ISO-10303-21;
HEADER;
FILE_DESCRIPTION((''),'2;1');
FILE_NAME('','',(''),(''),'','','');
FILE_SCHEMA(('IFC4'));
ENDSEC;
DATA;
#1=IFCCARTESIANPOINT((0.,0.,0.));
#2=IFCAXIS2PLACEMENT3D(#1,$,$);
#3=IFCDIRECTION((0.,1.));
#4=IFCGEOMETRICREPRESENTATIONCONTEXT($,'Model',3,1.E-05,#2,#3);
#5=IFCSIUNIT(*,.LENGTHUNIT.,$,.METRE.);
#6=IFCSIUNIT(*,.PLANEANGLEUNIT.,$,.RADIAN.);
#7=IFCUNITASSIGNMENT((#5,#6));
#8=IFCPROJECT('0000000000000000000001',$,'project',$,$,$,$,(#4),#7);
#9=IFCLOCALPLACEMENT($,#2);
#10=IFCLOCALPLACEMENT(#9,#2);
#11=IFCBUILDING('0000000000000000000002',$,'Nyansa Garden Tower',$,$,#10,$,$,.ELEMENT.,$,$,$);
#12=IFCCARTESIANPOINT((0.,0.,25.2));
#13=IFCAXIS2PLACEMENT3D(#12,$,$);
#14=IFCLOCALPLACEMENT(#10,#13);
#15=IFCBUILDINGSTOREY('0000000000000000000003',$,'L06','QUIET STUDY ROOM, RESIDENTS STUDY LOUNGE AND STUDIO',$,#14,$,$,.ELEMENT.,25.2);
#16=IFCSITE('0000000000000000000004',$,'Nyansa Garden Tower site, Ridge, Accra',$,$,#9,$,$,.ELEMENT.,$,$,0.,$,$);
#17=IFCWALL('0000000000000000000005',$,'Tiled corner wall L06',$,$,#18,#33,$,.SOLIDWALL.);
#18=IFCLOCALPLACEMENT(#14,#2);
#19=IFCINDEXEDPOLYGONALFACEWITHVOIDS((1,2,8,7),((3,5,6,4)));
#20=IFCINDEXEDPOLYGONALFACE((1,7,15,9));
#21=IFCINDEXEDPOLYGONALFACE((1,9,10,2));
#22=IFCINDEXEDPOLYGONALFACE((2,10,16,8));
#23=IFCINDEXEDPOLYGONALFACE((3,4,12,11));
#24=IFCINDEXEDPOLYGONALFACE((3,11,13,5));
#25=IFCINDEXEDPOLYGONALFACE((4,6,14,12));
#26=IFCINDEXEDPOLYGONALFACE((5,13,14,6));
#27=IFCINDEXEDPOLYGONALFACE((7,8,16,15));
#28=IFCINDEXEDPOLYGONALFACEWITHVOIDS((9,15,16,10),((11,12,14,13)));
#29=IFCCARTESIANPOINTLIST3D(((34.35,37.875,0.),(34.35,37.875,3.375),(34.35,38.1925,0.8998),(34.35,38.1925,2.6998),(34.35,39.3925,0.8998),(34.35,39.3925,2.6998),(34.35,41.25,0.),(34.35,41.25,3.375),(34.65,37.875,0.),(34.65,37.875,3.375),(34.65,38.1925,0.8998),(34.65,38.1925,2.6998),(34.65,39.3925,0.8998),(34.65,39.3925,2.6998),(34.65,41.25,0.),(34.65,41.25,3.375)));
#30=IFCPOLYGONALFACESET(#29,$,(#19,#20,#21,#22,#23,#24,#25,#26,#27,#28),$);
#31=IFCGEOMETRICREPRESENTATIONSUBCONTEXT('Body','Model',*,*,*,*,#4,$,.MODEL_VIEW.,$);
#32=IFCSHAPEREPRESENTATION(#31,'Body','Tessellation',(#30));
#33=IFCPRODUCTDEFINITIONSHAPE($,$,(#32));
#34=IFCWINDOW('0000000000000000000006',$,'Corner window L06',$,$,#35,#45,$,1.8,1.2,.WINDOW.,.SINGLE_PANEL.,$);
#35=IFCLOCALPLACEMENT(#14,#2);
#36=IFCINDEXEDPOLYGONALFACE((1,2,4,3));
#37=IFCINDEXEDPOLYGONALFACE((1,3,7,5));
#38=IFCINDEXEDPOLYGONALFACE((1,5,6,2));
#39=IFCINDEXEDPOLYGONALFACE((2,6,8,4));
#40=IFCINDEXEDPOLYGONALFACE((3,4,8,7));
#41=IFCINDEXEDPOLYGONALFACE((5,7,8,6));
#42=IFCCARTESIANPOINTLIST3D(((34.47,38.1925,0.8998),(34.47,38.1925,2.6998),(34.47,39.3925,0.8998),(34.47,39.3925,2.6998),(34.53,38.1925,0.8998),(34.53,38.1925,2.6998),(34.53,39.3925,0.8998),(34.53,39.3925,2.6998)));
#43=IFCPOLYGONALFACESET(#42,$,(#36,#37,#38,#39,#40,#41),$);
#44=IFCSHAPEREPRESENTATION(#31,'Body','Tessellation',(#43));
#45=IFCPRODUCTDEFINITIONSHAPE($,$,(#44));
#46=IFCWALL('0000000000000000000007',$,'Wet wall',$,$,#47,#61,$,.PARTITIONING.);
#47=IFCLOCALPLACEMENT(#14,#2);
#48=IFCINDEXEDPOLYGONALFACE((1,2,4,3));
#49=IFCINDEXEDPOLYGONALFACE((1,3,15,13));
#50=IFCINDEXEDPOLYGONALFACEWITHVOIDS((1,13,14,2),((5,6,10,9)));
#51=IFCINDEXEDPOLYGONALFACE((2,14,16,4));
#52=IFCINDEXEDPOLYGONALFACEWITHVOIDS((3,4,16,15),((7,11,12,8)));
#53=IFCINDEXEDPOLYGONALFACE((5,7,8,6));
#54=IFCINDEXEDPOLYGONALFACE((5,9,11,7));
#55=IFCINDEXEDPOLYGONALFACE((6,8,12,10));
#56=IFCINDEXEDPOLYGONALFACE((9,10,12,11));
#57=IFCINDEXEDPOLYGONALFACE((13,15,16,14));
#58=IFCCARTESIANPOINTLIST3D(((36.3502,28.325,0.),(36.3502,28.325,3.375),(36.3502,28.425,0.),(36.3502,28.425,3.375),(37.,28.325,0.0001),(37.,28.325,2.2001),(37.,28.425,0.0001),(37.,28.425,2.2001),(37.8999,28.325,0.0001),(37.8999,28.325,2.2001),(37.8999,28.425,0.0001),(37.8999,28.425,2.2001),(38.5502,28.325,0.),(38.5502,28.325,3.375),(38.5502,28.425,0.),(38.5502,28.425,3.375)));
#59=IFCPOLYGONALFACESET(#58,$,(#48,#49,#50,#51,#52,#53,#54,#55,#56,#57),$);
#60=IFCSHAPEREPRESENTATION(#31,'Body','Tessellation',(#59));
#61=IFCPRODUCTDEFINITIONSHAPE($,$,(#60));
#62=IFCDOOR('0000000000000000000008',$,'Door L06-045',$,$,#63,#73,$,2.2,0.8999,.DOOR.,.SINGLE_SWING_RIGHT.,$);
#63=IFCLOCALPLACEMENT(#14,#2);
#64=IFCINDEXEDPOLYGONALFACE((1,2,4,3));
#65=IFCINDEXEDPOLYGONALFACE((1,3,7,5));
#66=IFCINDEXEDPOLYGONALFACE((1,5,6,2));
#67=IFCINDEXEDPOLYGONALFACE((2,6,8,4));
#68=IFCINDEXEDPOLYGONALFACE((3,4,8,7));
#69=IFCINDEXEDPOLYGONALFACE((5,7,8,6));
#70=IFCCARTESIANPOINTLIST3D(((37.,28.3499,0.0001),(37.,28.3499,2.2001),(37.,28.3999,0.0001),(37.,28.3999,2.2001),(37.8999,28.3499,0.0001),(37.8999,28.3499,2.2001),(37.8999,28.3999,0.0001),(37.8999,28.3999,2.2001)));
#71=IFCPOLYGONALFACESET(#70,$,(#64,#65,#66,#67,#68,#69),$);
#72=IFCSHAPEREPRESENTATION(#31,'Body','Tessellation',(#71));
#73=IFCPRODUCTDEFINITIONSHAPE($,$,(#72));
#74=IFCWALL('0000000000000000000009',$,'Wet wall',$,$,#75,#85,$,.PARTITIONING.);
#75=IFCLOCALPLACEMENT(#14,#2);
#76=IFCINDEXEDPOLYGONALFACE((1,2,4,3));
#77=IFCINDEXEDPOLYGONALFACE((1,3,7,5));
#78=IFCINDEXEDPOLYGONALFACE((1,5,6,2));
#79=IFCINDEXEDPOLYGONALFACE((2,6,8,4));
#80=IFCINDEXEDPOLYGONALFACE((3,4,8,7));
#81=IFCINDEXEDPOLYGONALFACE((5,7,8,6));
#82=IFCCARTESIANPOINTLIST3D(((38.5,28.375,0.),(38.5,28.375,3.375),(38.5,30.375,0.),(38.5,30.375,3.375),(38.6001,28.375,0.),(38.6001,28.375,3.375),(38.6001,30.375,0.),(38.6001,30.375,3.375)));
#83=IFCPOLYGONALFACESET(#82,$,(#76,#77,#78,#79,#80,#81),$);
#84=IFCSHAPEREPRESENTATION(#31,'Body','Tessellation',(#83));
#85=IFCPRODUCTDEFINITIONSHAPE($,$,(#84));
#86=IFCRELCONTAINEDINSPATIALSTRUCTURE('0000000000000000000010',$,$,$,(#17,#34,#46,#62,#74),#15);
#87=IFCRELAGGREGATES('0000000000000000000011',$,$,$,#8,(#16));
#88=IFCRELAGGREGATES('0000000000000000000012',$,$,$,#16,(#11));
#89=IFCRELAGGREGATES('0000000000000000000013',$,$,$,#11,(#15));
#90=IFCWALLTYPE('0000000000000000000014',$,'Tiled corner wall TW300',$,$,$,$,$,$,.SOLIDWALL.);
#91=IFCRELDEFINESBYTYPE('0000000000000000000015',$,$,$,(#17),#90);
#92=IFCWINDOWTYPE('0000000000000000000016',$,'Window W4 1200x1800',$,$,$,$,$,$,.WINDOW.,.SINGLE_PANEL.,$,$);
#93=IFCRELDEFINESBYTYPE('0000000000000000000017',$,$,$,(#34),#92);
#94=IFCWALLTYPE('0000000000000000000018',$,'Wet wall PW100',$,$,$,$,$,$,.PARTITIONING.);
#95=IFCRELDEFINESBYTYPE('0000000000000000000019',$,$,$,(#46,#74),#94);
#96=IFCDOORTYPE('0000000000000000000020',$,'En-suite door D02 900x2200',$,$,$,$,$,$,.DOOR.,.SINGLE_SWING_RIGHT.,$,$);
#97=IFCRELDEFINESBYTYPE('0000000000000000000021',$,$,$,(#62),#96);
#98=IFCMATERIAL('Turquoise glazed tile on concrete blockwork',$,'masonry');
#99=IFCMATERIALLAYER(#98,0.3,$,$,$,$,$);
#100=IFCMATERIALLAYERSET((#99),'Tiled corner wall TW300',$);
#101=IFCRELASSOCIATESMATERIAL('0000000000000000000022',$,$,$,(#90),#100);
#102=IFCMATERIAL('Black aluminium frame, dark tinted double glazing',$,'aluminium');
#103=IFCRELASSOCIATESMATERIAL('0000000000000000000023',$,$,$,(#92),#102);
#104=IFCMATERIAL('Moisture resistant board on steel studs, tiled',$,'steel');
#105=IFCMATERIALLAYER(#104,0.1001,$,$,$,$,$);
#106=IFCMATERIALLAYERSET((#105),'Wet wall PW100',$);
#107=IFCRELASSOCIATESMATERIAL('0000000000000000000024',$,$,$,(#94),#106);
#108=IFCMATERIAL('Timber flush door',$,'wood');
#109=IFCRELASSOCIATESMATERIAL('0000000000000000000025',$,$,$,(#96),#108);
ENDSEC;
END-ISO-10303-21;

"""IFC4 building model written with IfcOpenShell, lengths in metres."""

from ifc_helpers import new_model, si_unit, direction, frame, frame_2d, origin, place, context, subcontext, project, spatial, rectangle, extrude, material, layer, layer_set, type_object, element, fill, save


model = new_model("IFC4")

# Units and contexts
model_context = context("Model", 3, precision=1e-05, world=origin(), true_north=direction((0.0, 1.0)))
body_context = subcontext(model_context, "Body", "Model", "MODEL_VIEW")
ifc_project = project(units=[si_unit("LENGTHUNIT", "METRE"), si_unit("PLANEANGLEUNIT", "RADIAN")], contexts=[model_context])

# Site, building, storey
site_placement = place(None, origin())
site = spatial("IfcSite", under=ifc_project, at=site_placement, Name="Nyansa Garden Tower site, Ridge, Accra", CompositionType="ELEMENT", RefElevation=0.0)
building_placement = place(site_placement, origin())
building = spatial("IfcBuilding", under=site, at=building_placement, Name="Nyansa Garden Tower", CompositionType="ELEMENT")
storey_placement = place(building_placement, frame((0.0, 0.0, 25.2)))
storey = spatial("IfcBuildingStorey", under=building, at=storey_placement, Name="L06", Description="QUIET STUDY ROOM, RESIDENTS STUDY LOUNGE AND STUDIO", CompositionType="ELEMENT", Elevation=25.2)

# Wall, opening, window
ifc_material_1 = material(Name="Turquoise glazed tile on concrete blockwork", Category="masonry")
ifc_layer_1 = layer(ifc_material_1, 0.3)
ifc_layer_set_1 = layer_set([ifc_layer_1], Name="Tiled corner wall TW300")
wall_type_1 = type_object("IfcWallType", Name="Tiled corner wall TW300", PredefinedType="SOLIDWALL", material=ifc_layer_set_1)
ifc_material_2 = material(Name="Black aluminium frame, dark tinted double glazing", Category="aluminium")
window_type_1 = type_object("IfcWindowType", Name="Window W4 1200x1800", PartitioningType="SINGLE_PANEL", PredefinedType="WINDOW", material=ifc_material_2)
wall_1_placement = place(storey_placement, frame((34.5, 37.875, 0.0), z_axis=(0.0, 0.0, 1.0), x_axis=(0.0, 1.0, 0.0)))
wall_1 = element("IfcWall", 1, at=wall_1_placement, inside=storey, type_object=wall_type_1, Name="Tiled corner wall L06", PredefinedType="SOLIDWALL", context=body_context, shape_type="SweptSolid", body=[
    extrude(rectangle(XDim=3.375, YDim=0.3, at=frame_2d((1.6875, 0.0))), origin(), (0.0, 0.0, 1.0), 3.375),
])
opening_1_placement = place(wall_1_placement, frame((0.3174, 0.0, 0.8999)))
opening_1 = element("IfcOpeningElement", 2, at=opening_1_placement, cuts=wall_1, PredefinedType="OPENING", context=body_context, shape_type="SweptSolid", body=[
    extrude(rectangle(XDim=1.2, YDim=1.8, at=frame_2d((0.6001, 0.8999))), frame((0.0, 0.1599, 0.0), z_axis=(0.0, -1.0, 0.0), x_axis=(1.0, 0.0, 0.0)), (0.0, 0.0, 1.0), 0.3201),
])
window_1_placement = place(opening_1_placement, origin())
window_1 = element("IfcWindow", 3, at=window_1_placement, inside=storey, type_object=window_type_1, Name="Corner window L06", OverallHeight=1.8, OverallWidth=1.2, PartitioningType="SINGLE_PANEL", PredefinedType="WINDOW", context=body_context, shape_type="SweptSolid", body=[
    extrude(rectangle(XDim=1.2, YDim=1.8, at=frame_2d((0.6001, 0.8999))), frame((0.0, 0.03, 0.0), z_axis=(0.0, -1.0, 0.0), x_axis=(1.0, 0.0, 0.0)), (0.0, 0.0, 1.0), 0.0601),
])
fill(opening_1, window_1)

# Wall, opening, door
ifc_material_3 = material(Name="Moisture resistant board on steel studs, tiled", Category="steel")
ifc_layer_2 = layer(ifc_material_3, 0.1001)
ifc_layer_set_2 = layer_set([ifc_layer_2], Name="Wet wall PW100")
wall_type_2 = type_object("IfcWallType", Name="Wet wall PW100", PredefinedType="PARTITIONING", material=ifc_layer_set_2)
wall_2_placement = place(storey_placement, frame((36.3501, 28.375, 0.0), z_axis=(0.0, 0.0, 1.0), x_axis=(1.0, 0.0, 0.0)))
wall_2 = element("IfcWall", 4, at=wall_2_placement, inside=storey, type_object=wall_type_2, Name="Wet wall", PredefinedType="PARTITIONING", context=body_context, shape_type="SweptSolid", body=[
    extrude(rectangle(XDim=2.2, YDim=0.1001, at=frame_2d((1.1001, 0.0))), origin(), (0.0, 0.0, 1.0), 3.375),
])
opening_2_placement = place(wall_2_placement, frame((0.6499, 0.0, 0.0)))
opening_2 = element("IfcOpeningElement", 5, at=opening_2_placement, cuts=wall_2, PredefinedType="OPENING", context=body_context, shape_type="SweptSolid", body=[
    extrude(rectangle(XDim=0.8999, YDim=2.2, at=frame_2d((0.45, 1.1001))), frame((0.0, 0.0601, 0.0), z_axis=(0.0, -1.0, 0.0), x_axis=(1.0, 0.0, 0.0)), (0.0, 0.0, 1.0), 0.1201),
])
ifc_material_4 = material(Name="Timber flush door", Category="wood")
door_type = type_object("IfcDoorType", Name="En-suite door D02 900x2200", OperationType="SINGLE_SWING_RIGHT", PredefinedType="DOOR", material=ifc_material_4)
door_placement = place(opening_2_placement, origin())
door = element("IfcDoor", 6, at=door_placement, inside=storey, type_object=door_type, Name="Door L06-045", OperationType="SINGLE_SWING_RIGHT", OverallHeight=2.2, OverallWidth=0.8999, PredefinedType="DOOR", context=body_context, shape_type="SweptSolid", body=[
    extrude(rectangle(XDim=0.8999, YDim=2.2, at=frame_2d((0.45, 1.1001))), frame((0.0, 0.0249, 0.0), z_axis=(0.0, -1.0, 0.0), x_axis=(1.0, 0.0, 0.0)), (0.0, 0.0, 1.0), 0.05),
])
fill(opening_2, door)

# Wall
wall_3_placement = place(storey_placement, frame((38.55, 28.375, 0.0), z_axis=(0.0, 0.0, 1.0), x_axis=(0.0, 1.0, 0.0)))
element("IfcWall", 7, at=wall_3_placement, inside=storey, type_object=wall_type_2, Name="Wet wall", PredefinedType="PARTITIONING", context=body_context, shape_type="SweptSolid", body=[
    extrude(rectangle(XDim=2.0, YDim=0.1001, at=frame_2d((1.0, 0.0))), origin(), (0.0, 0.0, 1.0), 3.375),
])

save(model, "model.ifc")
